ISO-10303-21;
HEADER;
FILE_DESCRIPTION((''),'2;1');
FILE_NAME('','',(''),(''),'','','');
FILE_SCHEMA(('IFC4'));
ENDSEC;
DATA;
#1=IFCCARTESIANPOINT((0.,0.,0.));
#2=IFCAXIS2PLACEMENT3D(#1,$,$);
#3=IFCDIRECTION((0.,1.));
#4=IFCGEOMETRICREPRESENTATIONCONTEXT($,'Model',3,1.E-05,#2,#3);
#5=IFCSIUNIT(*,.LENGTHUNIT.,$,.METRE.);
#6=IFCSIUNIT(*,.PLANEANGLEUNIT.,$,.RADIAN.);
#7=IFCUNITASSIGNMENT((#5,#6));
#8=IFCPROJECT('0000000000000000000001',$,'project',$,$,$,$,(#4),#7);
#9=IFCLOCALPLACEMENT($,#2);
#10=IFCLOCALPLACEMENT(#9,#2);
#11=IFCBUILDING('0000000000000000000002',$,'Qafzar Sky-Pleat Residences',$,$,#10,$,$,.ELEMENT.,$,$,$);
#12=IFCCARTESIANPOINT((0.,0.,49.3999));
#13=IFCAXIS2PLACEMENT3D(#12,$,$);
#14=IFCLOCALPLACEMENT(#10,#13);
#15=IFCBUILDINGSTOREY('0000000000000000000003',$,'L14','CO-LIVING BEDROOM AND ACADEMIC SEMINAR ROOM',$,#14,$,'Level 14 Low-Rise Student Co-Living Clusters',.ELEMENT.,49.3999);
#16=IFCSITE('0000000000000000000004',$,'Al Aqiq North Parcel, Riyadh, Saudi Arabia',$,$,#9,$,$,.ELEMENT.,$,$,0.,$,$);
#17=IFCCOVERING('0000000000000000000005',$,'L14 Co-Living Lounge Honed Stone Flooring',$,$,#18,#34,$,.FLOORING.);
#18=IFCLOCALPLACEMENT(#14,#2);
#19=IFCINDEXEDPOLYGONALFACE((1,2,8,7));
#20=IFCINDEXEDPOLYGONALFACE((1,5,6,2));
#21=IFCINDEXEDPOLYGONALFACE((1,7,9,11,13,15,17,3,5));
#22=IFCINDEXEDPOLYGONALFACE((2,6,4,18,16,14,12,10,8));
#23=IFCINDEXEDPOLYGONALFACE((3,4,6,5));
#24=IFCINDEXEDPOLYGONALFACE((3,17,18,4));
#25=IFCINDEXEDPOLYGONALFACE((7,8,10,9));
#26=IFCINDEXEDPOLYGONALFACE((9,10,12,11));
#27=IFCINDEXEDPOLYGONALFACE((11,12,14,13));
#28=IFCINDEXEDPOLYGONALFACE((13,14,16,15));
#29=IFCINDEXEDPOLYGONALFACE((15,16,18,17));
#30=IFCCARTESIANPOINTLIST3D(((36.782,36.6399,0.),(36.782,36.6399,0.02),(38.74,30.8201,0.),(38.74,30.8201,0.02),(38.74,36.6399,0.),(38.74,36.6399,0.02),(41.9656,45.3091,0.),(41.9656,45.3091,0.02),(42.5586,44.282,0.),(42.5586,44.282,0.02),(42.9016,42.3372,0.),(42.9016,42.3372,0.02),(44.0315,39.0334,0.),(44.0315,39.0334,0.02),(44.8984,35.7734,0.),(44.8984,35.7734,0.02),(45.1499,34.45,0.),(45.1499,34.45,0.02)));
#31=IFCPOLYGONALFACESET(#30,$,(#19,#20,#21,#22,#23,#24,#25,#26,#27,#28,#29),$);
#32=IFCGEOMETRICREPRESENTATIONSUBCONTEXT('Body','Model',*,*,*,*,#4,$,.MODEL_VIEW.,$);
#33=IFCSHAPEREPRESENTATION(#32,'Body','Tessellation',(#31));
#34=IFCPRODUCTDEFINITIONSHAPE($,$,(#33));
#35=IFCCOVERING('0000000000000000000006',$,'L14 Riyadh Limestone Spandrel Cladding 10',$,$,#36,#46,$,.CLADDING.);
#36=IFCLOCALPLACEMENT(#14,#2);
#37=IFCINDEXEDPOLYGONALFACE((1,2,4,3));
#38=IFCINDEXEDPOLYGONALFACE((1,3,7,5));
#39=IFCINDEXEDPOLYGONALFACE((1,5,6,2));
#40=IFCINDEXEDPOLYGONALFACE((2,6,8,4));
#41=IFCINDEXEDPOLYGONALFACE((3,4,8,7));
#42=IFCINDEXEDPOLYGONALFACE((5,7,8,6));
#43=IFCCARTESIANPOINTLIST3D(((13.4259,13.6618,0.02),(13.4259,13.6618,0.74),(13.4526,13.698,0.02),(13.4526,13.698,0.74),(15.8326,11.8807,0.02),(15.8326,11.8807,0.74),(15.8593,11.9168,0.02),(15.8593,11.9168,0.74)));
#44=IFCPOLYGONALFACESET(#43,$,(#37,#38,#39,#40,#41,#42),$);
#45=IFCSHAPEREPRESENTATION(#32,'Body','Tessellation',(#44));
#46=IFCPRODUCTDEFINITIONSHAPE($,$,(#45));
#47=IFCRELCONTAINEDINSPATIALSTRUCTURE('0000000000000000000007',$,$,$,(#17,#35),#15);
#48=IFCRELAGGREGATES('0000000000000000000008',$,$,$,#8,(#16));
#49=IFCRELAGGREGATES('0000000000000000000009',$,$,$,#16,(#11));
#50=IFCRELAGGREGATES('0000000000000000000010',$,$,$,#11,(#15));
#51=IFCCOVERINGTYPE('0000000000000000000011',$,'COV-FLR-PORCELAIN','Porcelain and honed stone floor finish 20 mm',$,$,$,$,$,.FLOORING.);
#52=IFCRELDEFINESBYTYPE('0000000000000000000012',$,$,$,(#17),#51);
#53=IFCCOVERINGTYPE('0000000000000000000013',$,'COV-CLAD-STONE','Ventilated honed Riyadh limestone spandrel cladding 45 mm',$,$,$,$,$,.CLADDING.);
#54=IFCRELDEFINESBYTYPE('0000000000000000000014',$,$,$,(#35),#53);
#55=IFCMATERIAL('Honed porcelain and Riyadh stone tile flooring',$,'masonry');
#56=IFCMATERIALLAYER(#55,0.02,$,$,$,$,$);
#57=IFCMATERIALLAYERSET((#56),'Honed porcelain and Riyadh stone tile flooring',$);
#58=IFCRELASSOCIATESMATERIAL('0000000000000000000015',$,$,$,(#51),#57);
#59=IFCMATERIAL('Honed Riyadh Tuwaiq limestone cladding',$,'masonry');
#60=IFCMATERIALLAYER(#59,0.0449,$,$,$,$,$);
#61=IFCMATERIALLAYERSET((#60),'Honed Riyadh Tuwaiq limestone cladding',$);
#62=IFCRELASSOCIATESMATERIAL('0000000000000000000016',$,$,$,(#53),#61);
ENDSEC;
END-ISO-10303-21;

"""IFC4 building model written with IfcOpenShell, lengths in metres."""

from ifc_helpers import new_model, si_unit, direction, frame, origin, origin_2d, place, context, subcontext, project, spatial, polyline, rectangle, outline, extrude, source, transform, mapped, material, layer, layer_set, type_object, element, save


model = new_model("IFC4")

# Units and contexts
model_context = context("Model", 3, precision=1e-05, world=origin(), true_north=direction((0.0, 1.0)))
body_context = subcontext(model_context, "Body", "Model", "MODEL_VIEW")
ifc_project = project(units=[si_unit("LENGTHUNIT", "METRE"), si_unit("PLANEANGLEUNIT", "RADIAN")], contexts=[model_context])

# Site, building, storey
site_placement = place(None, origin())
site = spatial("IfcSite", under=ifc_project, at=site_placement, Name="Al Aqiq North Parcel, Riyadh, Saudi Arabia", CompositionType="ELEMENT", RefElevation=0.0)
building_placement = place(site_placement, origin())
building = spatial("IfcBuilding", under=site, at=building_placement, Name="Qafzar Sky-Pleat Residences", CompositionType="ELEMENT")
storey_placement = place(building_placement, frame((0.0, 0.0, 49.3999)))
storey = spatial("IfcBuildingStorey", under=building, at=storey_placement, Name="L14", Description="CO-LIVING BEDROOM AND ACADEMIC SEMINAR ROOM", LongName="Level 14 Low-Rise Student Co-Living Clusters", CompositionType="ELEMENT", Elevation=49.3999)

# Coverings
ifc_material_1 = material(Name="Honed porcelain and Riyadh stone tile flooring", Category="masonry")
ifc_layer_1 = layer(ifc_material_1, 0.02)
ifc_layer_set_1 = layer_set([ifc_layer_1], Name="Honed porcelain and Riyadh stone tile flooring")
covering_type_1 = type_object("IfcCoveringType", Name="COV-FLR-PORCELAIN", Description="Porcelain and honed stone floor finish 20 mm", PredefinedType="FLOORING", material=ifc_layer_set_1)
covering_1_placement = place(storey_placement, origin())
element("IfcCovering", 1, at=covering_1_placement, inside=storey, type_object=covering_type_1, Name="L14 Co-Living Lounge Honed Stone Flooring", PredefinedType="FLOORING", context=body_context, shape_type="SweptSolid", body=[
    extrude(outline(polyline([(42.5586, 44.282), (42.9016, 42.3372), (44.0315, 39.0334), (44.8984, 35.7734), (45.1499, 34.45), (38.74, 30.8201), (38.74, 36.6399), (36.782, 36.6399), (41.9656, 45.3091), (42.5586, 44.282)])), origin(), (0.0, 0.0, 1.0), 0.02),
])
ifc_material_2 = material(Name="Honed Riyadh Tuwaiq limestone cladding", Category="masonry")
ifc_layer_2 = layer(ifc_material_2, 0.0449)
ifc_layer_set_2 = layer_set([ifc_layer_2], Name="Honed Riyadh Tuwaiq limestone cladding")
covering_type_2 = type_object("IfcCoveringType", Name="COV-CLAD-STONE", Description="Ventilated honed Riyadh limestone spandrel cladding 45 mm", PredefinedType="CLADDING", material=ifc_layer_set_2)
shared_shape_1 = source(origin(), body_context, "Body", "SweptSolid", [
    extrude(rectangle(XDim=2.9941, YDim=0.0449, at=origin_2d()), origin(), (0.0, 0.0, 1.0), 0.72),
])
covering_2_placement = place(storey_placement, frame((14.6426, 12.7893, 0.02), z_axis=(0.0, 0.0, 1.0), x_axis=(0.803807, -0.59489, 0.0)))
element("IfcCovering", 2, at=covering_2_placement, inside=storey, type_object=covering_type_2, Name="L14 Riyadh Limestone Spandrel Cladding 10", PredefinedType="CLADDING", context=body_context, shape_type="MappedRepresentation", body=[
    mapped(shared_shape_1, transform((0.0, 0.0, 0.0), x_axis=(1.0, 0.0, 0.0), y_axis=(0.0, 1.0, 0.0), z_axis=(0.0, 0.0, 1.0), scale=1.0)),
])

save(model, "model.ifc")
